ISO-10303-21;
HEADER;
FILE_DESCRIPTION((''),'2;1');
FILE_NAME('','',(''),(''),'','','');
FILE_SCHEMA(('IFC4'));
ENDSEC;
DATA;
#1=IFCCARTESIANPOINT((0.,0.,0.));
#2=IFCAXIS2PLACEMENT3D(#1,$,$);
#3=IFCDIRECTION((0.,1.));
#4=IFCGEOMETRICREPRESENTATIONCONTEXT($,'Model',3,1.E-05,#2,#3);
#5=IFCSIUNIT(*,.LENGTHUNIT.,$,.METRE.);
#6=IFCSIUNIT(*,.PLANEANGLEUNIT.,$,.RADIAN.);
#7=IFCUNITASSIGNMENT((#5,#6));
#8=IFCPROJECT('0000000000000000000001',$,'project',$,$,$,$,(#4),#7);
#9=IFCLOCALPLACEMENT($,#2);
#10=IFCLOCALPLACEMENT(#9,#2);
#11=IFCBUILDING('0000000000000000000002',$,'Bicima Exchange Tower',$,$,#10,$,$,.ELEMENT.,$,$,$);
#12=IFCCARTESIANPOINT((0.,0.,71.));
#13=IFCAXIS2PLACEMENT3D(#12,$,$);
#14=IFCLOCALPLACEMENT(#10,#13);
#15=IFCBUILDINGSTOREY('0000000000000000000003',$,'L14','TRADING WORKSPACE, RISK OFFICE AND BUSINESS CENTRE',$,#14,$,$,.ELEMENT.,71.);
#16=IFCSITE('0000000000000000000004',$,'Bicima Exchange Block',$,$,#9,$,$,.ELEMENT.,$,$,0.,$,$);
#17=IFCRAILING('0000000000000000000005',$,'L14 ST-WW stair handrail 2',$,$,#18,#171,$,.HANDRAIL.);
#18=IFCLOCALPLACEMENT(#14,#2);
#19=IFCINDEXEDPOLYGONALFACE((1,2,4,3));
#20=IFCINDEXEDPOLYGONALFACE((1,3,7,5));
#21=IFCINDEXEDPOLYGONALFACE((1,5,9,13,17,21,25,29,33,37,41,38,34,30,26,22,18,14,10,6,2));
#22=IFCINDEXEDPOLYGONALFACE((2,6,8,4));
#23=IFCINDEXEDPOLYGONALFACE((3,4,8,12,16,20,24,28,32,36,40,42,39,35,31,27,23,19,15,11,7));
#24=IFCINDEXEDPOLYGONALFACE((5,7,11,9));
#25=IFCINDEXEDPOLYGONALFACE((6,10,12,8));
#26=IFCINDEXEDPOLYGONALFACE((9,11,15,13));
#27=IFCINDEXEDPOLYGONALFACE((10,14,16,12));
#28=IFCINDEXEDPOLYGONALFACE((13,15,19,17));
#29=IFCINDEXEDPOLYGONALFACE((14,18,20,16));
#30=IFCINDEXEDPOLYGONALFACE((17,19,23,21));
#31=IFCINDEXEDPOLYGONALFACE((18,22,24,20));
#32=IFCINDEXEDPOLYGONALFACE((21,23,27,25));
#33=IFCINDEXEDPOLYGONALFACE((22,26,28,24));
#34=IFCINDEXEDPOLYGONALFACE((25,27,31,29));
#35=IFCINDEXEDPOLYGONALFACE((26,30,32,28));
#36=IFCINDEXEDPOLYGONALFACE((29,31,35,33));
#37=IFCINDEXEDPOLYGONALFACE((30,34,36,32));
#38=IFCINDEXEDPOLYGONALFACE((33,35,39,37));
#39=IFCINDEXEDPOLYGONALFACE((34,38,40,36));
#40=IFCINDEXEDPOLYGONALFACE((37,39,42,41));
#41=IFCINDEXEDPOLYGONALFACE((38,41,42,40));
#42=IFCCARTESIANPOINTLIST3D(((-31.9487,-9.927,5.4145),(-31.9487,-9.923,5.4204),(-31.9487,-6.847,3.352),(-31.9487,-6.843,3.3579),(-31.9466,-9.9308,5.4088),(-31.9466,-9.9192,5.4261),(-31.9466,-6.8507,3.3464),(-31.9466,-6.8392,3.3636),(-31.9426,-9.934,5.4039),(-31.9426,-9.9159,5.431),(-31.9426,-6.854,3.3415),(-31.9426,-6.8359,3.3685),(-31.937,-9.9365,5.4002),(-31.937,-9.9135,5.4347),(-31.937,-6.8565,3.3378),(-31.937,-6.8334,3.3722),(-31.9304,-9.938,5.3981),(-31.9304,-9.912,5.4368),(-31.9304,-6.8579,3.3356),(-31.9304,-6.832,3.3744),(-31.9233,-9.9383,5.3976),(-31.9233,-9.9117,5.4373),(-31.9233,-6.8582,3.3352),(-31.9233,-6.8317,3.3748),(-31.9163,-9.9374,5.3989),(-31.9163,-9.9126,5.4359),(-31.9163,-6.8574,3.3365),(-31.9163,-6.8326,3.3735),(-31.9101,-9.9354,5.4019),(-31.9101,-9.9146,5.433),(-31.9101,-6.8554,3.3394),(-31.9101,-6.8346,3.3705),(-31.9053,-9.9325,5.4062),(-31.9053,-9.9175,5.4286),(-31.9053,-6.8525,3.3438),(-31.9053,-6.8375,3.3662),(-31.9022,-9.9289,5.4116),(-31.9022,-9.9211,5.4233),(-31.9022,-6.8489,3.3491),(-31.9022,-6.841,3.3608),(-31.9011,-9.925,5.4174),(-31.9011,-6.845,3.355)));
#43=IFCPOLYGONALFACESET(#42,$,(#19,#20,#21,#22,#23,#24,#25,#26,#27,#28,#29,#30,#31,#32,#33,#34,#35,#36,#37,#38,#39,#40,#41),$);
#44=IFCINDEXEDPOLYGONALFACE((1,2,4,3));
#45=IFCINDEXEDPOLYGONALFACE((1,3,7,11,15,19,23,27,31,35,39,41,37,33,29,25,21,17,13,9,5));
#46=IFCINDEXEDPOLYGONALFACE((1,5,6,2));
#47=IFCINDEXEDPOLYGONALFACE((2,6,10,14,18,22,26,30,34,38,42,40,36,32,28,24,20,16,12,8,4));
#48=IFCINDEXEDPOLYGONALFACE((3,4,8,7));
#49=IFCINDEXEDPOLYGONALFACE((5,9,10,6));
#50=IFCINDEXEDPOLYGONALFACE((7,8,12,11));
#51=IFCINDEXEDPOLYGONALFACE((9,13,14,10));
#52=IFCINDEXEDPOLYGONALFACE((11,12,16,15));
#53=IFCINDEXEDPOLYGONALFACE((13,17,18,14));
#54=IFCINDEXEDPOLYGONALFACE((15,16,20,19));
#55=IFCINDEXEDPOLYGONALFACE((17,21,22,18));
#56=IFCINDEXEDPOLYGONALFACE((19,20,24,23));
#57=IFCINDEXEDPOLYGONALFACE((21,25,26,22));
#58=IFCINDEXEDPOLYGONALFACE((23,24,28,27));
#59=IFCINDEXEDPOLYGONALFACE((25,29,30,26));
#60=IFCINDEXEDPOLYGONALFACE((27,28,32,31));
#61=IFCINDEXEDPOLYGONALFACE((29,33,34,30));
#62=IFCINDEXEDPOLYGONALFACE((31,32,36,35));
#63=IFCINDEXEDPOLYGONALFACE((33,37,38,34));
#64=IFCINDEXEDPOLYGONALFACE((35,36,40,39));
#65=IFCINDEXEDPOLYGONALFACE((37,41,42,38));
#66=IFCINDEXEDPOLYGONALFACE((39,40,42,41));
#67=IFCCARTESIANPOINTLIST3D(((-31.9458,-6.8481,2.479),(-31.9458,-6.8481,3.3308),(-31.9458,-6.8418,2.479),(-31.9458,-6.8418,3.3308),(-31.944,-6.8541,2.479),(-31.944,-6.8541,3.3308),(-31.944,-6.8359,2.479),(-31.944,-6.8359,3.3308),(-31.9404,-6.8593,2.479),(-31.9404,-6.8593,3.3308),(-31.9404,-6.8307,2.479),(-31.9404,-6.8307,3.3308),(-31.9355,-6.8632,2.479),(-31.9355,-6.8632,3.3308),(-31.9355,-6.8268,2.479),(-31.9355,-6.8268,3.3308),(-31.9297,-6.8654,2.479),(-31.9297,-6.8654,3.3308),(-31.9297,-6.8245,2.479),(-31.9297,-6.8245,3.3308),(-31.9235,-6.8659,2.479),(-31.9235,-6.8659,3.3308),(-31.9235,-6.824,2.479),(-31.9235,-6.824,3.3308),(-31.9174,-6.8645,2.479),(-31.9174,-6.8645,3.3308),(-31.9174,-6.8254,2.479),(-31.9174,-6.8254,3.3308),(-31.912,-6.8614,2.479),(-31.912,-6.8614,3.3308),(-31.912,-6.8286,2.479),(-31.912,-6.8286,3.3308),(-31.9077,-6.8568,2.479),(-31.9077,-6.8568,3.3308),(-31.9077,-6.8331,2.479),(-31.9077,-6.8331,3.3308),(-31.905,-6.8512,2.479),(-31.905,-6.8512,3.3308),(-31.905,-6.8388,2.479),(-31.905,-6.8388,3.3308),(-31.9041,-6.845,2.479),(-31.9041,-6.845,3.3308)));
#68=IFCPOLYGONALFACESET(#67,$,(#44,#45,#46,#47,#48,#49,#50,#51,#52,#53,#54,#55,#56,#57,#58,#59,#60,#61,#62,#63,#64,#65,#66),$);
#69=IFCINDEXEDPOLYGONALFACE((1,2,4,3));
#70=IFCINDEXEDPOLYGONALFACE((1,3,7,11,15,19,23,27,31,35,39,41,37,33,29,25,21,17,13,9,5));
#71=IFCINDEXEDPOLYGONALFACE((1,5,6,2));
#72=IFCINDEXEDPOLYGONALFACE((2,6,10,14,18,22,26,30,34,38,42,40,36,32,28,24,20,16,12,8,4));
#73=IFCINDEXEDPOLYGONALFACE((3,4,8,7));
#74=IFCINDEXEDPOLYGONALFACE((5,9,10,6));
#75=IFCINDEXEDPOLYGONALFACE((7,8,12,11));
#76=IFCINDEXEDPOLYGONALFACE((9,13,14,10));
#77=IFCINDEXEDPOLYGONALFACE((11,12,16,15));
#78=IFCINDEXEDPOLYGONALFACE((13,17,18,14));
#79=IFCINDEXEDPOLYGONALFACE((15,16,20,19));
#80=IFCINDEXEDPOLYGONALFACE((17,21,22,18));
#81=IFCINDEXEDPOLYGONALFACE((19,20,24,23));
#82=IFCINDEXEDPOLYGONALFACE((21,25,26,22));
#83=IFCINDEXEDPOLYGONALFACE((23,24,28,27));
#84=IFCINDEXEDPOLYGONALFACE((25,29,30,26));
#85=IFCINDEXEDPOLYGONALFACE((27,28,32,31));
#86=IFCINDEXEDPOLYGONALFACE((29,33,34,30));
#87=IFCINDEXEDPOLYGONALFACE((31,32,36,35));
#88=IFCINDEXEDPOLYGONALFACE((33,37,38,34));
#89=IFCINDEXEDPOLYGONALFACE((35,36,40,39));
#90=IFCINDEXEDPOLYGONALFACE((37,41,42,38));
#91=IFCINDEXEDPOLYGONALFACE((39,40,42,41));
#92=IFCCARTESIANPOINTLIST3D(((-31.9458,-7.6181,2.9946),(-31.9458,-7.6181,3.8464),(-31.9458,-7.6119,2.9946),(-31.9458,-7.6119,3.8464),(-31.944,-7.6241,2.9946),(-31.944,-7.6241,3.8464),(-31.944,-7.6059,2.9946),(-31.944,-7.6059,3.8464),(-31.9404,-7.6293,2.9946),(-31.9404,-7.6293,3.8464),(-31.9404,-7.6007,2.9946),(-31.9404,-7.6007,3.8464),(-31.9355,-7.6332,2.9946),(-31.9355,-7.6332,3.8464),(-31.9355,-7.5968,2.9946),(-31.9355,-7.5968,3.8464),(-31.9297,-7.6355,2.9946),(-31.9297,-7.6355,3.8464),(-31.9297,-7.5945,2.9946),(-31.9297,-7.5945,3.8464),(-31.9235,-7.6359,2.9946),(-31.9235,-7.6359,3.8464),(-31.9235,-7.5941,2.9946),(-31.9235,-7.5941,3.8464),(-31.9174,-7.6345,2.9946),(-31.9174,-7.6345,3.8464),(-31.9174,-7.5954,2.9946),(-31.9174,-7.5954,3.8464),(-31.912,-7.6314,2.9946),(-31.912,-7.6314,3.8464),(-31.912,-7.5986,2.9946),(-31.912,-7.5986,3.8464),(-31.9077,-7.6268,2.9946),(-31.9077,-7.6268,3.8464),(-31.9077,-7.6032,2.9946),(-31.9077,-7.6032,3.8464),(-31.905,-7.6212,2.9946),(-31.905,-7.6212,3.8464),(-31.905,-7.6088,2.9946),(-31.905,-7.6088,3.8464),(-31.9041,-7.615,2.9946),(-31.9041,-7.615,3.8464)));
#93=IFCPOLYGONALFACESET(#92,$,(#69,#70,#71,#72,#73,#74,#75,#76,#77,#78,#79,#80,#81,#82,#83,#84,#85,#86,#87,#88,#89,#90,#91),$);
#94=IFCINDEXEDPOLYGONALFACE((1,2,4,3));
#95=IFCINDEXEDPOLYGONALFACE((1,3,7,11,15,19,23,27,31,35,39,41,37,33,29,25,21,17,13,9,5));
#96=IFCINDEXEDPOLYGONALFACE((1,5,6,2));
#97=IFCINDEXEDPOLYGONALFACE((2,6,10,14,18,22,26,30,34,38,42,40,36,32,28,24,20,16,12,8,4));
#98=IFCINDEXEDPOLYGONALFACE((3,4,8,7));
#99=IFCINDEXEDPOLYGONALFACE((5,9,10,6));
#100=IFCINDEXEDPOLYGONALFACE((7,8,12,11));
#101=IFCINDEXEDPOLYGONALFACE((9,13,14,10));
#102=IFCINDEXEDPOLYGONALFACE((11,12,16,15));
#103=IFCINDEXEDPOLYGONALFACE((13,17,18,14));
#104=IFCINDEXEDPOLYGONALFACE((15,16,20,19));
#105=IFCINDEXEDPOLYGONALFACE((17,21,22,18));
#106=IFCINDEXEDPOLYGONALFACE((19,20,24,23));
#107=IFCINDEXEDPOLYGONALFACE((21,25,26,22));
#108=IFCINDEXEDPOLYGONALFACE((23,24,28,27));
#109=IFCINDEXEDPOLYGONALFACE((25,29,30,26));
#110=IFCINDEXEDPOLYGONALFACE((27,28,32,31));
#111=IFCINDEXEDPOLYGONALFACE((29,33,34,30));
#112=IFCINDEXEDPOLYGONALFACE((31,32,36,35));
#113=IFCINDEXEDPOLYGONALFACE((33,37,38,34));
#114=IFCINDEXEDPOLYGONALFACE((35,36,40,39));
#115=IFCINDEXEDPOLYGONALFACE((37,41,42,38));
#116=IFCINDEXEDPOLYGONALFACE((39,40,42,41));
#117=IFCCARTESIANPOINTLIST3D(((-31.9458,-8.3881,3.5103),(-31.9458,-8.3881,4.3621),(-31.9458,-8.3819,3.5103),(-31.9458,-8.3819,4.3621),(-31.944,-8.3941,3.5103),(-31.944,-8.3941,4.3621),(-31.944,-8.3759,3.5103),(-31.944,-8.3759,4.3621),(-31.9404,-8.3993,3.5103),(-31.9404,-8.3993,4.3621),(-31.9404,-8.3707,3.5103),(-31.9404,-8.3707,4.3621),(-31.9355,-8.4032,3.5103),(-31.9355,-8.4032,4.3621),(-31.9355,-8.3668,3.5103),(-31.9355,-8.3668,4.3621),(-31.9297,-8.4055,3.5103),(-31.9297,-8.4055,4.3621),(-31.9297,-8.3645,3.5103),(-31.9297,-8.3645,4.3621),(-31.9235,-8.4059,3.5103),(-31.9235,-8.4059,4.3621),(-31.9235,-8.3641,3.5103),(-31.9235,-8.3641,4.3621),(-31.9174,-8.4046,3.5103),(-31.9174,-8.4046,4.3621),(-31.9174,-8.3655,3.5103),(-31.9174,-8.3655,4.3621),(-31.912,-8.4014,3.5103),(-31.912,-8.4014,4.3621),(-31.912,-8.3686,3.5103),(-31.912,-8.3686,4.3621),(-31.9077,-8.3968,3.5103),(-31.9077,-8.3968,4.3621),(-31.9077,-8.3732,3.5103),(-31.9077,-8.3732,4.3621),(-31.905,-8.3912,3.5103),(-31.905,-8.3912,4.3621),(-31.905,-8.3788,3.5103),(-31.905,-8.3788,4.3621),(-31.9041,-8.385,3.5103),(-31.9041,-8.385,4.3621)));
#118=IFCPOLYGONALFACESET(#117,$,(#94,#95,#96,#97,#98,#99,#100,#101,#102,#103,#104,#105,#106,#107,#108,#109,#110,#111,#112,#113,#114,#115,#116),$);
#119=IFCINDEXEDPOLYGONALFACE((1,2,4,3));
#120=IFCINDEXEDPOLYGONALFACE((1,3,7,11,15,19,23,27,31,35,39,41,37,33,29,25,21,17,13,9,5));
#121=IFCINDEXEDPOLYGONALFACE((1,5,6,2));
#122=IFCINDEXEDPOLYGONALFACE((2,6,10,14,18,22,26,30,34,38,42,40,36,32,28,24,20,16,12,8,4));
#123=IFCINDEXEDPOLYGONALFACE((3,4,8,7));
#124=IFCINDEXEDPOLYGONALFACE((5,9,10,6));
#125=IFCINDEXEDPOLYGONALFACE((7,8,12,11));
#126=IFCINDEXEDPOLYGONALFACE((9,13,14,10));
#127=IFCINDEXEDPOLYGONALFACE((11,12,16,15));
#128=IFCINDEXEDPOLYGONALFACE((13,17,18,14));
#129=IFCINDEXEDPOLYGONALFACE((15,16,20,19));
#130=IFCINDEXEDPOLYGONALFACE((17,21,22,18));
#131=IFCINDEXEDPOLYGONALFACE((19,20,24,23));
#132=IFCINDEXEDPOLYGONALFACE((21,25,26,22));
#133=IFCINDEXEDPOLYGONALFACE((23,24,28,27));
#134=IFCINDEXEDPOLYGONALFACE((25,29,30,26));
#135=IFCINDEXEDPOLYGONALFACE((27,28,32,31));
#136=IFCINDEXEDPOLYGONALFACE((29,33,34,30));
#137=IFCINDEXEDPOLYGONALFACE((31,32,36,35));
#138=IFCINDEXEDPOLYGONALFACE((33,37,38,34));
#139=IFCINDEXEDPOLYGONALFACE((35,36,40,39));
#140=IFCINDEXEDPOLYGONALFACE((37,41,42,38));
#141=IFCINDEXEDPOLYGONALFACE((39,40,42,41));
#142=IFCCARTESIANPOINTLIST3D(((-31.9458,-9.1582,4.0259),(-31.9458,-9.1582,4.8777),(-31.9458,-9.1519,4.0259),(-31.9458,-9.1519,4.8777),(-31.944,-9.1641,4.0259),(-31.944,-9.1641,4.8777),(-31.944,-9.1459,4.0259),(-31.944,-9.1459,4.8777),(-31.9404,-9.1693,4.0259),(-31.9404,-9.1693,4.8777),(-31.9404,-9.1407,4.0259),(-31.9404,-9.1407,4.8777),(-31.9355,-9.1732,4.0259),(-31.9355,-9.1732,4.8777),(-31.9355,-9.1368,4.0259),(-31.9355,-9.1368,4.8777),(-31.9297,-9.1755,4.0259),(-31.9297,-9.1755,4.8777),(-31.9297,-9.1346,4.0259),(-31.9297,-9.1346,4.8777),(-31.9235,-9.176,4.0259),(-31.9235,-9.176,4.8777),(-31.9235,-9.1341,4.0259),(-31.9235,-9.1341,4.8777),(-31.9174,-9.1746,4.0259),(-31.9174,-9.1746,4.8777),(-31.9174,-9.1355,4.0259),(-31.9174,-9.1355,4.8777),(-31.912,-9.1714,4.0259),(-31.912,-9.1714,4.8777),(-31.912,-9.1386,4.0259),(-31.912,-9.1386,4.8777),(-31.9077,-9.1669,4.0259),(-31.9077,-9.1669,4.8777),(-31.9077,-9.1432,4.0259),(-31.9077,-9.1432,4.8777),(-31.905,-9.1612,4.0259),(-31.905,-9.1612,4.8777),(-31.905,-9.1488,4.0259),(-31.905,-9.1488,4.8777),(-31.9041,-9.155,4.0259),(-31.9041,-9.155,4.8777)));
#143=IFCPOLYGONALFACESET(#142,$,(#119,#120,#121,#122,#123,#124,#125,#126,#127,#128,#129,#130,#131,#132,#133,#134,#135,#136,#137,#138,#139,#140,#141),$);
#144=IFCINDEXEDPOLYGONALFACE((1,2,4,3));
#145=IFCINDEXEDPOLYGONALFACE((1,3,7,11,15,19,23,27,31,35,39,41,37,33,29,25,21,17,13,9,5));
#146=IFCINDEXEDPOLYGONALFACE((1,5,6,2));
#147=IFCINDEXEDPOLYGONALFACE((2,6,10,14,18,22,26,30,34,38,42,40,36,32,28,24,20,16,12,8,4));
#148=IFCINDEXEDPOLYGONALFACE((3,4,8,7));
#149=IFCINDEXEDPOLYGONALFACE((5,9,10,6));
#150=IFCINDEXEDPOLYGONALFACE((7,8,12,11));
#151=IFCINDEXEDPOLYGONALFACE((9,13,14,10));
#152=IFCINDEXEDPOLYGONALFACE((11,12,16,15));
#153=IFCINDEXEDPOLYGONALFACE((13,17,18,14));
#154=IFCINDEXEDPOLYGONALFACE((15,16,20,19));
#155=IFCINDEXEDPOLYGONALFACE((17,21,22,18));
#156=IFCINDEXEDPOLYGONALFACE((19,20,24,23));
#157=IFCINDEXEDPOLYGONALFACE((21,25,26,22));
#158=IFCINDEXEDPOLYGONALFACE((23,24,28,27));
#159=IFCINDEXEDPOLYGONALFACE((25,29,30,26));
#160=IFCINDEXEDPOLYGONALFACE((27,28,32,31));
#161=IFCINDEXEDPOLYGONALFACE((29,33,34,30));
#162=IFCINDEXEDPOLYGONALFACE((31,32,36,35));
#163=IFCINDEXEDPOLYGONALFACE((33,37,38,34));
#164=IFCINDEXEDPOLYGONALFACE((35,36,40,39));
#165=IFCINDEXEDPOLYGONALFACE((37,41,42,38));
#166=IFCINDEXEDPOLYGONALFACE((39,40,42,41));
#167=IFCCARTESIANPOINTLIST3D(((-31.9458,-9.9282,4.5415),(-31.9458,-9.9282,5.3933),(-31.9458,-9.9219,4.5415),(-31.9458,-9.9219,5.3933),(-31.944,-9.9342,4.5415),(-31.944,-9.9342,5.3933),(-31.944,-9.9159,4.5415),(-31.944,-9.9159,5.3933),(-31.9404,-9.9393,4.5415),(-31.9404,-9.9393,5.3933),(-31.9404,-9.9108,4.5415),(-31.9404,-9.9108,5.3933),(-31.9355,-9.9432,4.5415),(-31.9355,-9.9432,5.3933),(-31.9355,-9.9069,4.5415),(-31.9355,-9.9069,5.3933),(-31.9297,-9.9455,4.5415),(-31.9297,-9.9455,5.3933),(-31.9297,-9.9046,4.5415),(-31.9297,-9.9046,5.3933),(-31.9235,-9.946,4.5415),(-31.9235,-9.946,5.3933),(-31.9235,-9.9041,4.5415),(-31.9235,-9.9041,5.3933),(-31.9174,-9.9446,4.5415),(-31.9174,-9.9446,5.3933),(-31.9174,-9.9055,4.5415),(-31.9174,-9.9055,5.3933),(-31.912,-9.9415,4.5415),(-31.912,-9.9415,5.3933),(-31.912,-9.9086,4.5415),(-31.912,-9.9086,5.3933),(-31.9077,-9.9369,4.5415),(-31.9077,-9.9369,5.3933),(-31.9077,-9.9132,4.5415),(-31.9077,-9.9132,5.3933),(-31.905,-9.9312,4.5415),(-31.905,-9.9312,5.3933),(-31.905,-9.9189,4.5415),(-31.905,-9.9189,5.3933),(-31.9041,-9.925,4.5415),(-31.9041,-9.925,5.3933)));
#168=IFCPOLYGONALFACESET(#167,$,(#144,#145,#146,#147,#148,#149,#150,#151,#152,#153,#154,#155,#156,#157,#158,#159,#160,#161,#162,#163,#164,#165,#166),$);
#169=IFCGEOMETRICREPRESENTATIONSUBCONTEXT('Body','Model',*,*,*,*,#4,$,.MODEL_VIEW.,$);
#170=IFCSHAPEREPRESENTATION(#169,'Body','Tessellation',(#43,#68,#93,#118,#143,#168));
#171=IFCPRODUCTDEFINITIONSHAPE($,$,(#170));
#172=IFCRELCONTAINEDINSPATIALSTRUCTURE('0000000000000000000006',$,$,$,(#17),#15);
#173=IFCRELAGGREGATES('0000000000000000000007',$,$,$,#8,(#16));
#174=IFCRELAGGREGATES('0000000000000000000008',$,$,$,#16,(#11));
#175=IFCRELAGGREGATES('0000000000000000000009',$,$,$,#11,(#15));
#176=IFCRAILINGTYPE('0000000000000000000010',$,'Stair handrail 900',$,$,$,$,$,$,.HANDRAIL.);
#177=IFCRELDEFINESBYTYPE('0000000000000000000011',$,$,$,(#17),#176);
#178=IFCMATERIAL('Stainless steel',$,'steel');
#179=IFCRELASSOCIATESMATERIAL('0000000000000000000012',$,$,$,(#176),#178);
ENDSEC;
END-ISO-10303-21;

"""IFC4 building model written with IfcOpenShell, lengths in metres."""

from ifc_helpers import new_model, si_unit, direction, frame, origin, origin_2d, place, context, subcontext, project, spatial, circle, extrude, material, type_object, element, save


model = new_model("IFC4")

# Units and contexts
model_context = context("Model", 3, precision=1e-05, world=origin(), true_north=direction((0.0, 1.0)))
body_context = subcontext(model_context, "Body", "Model", "MODEL_VIEW")
ifc_project = project(units=[si_unit("LENGTHUNIT", "METRE"), si_unit("PLANEANGLEUNIT", "RADIAN")], contexts=[model_context])

# Site, building, storey
site_placement = place(None, origin())
site = spatial("IfcSite", under=ifc_project, at=site_placement, Name="Bicima Exchange Block", CompositionType="ELEMENT", RefElevation=0.0)
building_placement = place(site_placement, origin())
building = spatial("IfcBuilding", under=site, at=building_placement, Name="Bicima Exchange Tower", CompositionType="ELEMENT")
storey_placement = place(building_placement, frame((0.0, 0.0, 71.0)))
storey = spatial("IfcBuildingStorey", under=building, at=storey_placement, Name="L14", Description="TRADING WORKSPACE, RISK OFFICE AND BUSINESS CENTRE", CompositionType="ELEMENT", Elevation=71.0)

# Railing
ifc_material_1 = material(Name="Stainless steel", Category="steel")
railing_type = type_object("IfcRailingType", Name="Stair handrail 900", PredefinedType="HANDRAIL", material=ifc_material_1)
railing_placement = place(storey_placement, frame((-31.925, -6.845, 2.479)))
element("IfcRailing", 1, at=railing_placement, inside=storey, type_object=railing_type, Name="L14 ST-WW stair handrail 2", PredefinedType="HANDRAIL", context=body_context, shape_type="SweptSolid", body=[
    extrude(circle(Radius=0.0239, at=origin_2d()), frame((0.0, 0.0, 0.876), z_axis=(0.0, -0.830914, 0.556401), x_axis=(1.0, 0.0, 0.0)), (0.0, 0.0, 1.0), 3.7068),
    extrude(circle(Radius=0.021, at=origin_2d()), origin(), (0.0, 0.0, 1.0), 0.8518),
    extrude(circle(Radius=0.021, at=origin_2d()), frame((0.0, -0.77, 0.5156)), (0.0, 0.0, 1.0), 0.8518),
    extrude(circle(Radius=0.021, at=origin_2d()), frame((0.0, -1.54, 1.0312)), (0.0, 0.0, 1.0), 0.8518),
    extrude(circle(Radius=0.021, at=origin_2d()), frame((0.0, -2.3101, 1.5469)), (0.0, 0.0, 1.0), 0.8518),
    extrude(circle(Radius=0.021, at=origin_2d()), frame((0.0, -3.0801, 2.0625)), (0.0, 0.0, 1.0), 0.8518),
])

save(model, "model.ifc")
